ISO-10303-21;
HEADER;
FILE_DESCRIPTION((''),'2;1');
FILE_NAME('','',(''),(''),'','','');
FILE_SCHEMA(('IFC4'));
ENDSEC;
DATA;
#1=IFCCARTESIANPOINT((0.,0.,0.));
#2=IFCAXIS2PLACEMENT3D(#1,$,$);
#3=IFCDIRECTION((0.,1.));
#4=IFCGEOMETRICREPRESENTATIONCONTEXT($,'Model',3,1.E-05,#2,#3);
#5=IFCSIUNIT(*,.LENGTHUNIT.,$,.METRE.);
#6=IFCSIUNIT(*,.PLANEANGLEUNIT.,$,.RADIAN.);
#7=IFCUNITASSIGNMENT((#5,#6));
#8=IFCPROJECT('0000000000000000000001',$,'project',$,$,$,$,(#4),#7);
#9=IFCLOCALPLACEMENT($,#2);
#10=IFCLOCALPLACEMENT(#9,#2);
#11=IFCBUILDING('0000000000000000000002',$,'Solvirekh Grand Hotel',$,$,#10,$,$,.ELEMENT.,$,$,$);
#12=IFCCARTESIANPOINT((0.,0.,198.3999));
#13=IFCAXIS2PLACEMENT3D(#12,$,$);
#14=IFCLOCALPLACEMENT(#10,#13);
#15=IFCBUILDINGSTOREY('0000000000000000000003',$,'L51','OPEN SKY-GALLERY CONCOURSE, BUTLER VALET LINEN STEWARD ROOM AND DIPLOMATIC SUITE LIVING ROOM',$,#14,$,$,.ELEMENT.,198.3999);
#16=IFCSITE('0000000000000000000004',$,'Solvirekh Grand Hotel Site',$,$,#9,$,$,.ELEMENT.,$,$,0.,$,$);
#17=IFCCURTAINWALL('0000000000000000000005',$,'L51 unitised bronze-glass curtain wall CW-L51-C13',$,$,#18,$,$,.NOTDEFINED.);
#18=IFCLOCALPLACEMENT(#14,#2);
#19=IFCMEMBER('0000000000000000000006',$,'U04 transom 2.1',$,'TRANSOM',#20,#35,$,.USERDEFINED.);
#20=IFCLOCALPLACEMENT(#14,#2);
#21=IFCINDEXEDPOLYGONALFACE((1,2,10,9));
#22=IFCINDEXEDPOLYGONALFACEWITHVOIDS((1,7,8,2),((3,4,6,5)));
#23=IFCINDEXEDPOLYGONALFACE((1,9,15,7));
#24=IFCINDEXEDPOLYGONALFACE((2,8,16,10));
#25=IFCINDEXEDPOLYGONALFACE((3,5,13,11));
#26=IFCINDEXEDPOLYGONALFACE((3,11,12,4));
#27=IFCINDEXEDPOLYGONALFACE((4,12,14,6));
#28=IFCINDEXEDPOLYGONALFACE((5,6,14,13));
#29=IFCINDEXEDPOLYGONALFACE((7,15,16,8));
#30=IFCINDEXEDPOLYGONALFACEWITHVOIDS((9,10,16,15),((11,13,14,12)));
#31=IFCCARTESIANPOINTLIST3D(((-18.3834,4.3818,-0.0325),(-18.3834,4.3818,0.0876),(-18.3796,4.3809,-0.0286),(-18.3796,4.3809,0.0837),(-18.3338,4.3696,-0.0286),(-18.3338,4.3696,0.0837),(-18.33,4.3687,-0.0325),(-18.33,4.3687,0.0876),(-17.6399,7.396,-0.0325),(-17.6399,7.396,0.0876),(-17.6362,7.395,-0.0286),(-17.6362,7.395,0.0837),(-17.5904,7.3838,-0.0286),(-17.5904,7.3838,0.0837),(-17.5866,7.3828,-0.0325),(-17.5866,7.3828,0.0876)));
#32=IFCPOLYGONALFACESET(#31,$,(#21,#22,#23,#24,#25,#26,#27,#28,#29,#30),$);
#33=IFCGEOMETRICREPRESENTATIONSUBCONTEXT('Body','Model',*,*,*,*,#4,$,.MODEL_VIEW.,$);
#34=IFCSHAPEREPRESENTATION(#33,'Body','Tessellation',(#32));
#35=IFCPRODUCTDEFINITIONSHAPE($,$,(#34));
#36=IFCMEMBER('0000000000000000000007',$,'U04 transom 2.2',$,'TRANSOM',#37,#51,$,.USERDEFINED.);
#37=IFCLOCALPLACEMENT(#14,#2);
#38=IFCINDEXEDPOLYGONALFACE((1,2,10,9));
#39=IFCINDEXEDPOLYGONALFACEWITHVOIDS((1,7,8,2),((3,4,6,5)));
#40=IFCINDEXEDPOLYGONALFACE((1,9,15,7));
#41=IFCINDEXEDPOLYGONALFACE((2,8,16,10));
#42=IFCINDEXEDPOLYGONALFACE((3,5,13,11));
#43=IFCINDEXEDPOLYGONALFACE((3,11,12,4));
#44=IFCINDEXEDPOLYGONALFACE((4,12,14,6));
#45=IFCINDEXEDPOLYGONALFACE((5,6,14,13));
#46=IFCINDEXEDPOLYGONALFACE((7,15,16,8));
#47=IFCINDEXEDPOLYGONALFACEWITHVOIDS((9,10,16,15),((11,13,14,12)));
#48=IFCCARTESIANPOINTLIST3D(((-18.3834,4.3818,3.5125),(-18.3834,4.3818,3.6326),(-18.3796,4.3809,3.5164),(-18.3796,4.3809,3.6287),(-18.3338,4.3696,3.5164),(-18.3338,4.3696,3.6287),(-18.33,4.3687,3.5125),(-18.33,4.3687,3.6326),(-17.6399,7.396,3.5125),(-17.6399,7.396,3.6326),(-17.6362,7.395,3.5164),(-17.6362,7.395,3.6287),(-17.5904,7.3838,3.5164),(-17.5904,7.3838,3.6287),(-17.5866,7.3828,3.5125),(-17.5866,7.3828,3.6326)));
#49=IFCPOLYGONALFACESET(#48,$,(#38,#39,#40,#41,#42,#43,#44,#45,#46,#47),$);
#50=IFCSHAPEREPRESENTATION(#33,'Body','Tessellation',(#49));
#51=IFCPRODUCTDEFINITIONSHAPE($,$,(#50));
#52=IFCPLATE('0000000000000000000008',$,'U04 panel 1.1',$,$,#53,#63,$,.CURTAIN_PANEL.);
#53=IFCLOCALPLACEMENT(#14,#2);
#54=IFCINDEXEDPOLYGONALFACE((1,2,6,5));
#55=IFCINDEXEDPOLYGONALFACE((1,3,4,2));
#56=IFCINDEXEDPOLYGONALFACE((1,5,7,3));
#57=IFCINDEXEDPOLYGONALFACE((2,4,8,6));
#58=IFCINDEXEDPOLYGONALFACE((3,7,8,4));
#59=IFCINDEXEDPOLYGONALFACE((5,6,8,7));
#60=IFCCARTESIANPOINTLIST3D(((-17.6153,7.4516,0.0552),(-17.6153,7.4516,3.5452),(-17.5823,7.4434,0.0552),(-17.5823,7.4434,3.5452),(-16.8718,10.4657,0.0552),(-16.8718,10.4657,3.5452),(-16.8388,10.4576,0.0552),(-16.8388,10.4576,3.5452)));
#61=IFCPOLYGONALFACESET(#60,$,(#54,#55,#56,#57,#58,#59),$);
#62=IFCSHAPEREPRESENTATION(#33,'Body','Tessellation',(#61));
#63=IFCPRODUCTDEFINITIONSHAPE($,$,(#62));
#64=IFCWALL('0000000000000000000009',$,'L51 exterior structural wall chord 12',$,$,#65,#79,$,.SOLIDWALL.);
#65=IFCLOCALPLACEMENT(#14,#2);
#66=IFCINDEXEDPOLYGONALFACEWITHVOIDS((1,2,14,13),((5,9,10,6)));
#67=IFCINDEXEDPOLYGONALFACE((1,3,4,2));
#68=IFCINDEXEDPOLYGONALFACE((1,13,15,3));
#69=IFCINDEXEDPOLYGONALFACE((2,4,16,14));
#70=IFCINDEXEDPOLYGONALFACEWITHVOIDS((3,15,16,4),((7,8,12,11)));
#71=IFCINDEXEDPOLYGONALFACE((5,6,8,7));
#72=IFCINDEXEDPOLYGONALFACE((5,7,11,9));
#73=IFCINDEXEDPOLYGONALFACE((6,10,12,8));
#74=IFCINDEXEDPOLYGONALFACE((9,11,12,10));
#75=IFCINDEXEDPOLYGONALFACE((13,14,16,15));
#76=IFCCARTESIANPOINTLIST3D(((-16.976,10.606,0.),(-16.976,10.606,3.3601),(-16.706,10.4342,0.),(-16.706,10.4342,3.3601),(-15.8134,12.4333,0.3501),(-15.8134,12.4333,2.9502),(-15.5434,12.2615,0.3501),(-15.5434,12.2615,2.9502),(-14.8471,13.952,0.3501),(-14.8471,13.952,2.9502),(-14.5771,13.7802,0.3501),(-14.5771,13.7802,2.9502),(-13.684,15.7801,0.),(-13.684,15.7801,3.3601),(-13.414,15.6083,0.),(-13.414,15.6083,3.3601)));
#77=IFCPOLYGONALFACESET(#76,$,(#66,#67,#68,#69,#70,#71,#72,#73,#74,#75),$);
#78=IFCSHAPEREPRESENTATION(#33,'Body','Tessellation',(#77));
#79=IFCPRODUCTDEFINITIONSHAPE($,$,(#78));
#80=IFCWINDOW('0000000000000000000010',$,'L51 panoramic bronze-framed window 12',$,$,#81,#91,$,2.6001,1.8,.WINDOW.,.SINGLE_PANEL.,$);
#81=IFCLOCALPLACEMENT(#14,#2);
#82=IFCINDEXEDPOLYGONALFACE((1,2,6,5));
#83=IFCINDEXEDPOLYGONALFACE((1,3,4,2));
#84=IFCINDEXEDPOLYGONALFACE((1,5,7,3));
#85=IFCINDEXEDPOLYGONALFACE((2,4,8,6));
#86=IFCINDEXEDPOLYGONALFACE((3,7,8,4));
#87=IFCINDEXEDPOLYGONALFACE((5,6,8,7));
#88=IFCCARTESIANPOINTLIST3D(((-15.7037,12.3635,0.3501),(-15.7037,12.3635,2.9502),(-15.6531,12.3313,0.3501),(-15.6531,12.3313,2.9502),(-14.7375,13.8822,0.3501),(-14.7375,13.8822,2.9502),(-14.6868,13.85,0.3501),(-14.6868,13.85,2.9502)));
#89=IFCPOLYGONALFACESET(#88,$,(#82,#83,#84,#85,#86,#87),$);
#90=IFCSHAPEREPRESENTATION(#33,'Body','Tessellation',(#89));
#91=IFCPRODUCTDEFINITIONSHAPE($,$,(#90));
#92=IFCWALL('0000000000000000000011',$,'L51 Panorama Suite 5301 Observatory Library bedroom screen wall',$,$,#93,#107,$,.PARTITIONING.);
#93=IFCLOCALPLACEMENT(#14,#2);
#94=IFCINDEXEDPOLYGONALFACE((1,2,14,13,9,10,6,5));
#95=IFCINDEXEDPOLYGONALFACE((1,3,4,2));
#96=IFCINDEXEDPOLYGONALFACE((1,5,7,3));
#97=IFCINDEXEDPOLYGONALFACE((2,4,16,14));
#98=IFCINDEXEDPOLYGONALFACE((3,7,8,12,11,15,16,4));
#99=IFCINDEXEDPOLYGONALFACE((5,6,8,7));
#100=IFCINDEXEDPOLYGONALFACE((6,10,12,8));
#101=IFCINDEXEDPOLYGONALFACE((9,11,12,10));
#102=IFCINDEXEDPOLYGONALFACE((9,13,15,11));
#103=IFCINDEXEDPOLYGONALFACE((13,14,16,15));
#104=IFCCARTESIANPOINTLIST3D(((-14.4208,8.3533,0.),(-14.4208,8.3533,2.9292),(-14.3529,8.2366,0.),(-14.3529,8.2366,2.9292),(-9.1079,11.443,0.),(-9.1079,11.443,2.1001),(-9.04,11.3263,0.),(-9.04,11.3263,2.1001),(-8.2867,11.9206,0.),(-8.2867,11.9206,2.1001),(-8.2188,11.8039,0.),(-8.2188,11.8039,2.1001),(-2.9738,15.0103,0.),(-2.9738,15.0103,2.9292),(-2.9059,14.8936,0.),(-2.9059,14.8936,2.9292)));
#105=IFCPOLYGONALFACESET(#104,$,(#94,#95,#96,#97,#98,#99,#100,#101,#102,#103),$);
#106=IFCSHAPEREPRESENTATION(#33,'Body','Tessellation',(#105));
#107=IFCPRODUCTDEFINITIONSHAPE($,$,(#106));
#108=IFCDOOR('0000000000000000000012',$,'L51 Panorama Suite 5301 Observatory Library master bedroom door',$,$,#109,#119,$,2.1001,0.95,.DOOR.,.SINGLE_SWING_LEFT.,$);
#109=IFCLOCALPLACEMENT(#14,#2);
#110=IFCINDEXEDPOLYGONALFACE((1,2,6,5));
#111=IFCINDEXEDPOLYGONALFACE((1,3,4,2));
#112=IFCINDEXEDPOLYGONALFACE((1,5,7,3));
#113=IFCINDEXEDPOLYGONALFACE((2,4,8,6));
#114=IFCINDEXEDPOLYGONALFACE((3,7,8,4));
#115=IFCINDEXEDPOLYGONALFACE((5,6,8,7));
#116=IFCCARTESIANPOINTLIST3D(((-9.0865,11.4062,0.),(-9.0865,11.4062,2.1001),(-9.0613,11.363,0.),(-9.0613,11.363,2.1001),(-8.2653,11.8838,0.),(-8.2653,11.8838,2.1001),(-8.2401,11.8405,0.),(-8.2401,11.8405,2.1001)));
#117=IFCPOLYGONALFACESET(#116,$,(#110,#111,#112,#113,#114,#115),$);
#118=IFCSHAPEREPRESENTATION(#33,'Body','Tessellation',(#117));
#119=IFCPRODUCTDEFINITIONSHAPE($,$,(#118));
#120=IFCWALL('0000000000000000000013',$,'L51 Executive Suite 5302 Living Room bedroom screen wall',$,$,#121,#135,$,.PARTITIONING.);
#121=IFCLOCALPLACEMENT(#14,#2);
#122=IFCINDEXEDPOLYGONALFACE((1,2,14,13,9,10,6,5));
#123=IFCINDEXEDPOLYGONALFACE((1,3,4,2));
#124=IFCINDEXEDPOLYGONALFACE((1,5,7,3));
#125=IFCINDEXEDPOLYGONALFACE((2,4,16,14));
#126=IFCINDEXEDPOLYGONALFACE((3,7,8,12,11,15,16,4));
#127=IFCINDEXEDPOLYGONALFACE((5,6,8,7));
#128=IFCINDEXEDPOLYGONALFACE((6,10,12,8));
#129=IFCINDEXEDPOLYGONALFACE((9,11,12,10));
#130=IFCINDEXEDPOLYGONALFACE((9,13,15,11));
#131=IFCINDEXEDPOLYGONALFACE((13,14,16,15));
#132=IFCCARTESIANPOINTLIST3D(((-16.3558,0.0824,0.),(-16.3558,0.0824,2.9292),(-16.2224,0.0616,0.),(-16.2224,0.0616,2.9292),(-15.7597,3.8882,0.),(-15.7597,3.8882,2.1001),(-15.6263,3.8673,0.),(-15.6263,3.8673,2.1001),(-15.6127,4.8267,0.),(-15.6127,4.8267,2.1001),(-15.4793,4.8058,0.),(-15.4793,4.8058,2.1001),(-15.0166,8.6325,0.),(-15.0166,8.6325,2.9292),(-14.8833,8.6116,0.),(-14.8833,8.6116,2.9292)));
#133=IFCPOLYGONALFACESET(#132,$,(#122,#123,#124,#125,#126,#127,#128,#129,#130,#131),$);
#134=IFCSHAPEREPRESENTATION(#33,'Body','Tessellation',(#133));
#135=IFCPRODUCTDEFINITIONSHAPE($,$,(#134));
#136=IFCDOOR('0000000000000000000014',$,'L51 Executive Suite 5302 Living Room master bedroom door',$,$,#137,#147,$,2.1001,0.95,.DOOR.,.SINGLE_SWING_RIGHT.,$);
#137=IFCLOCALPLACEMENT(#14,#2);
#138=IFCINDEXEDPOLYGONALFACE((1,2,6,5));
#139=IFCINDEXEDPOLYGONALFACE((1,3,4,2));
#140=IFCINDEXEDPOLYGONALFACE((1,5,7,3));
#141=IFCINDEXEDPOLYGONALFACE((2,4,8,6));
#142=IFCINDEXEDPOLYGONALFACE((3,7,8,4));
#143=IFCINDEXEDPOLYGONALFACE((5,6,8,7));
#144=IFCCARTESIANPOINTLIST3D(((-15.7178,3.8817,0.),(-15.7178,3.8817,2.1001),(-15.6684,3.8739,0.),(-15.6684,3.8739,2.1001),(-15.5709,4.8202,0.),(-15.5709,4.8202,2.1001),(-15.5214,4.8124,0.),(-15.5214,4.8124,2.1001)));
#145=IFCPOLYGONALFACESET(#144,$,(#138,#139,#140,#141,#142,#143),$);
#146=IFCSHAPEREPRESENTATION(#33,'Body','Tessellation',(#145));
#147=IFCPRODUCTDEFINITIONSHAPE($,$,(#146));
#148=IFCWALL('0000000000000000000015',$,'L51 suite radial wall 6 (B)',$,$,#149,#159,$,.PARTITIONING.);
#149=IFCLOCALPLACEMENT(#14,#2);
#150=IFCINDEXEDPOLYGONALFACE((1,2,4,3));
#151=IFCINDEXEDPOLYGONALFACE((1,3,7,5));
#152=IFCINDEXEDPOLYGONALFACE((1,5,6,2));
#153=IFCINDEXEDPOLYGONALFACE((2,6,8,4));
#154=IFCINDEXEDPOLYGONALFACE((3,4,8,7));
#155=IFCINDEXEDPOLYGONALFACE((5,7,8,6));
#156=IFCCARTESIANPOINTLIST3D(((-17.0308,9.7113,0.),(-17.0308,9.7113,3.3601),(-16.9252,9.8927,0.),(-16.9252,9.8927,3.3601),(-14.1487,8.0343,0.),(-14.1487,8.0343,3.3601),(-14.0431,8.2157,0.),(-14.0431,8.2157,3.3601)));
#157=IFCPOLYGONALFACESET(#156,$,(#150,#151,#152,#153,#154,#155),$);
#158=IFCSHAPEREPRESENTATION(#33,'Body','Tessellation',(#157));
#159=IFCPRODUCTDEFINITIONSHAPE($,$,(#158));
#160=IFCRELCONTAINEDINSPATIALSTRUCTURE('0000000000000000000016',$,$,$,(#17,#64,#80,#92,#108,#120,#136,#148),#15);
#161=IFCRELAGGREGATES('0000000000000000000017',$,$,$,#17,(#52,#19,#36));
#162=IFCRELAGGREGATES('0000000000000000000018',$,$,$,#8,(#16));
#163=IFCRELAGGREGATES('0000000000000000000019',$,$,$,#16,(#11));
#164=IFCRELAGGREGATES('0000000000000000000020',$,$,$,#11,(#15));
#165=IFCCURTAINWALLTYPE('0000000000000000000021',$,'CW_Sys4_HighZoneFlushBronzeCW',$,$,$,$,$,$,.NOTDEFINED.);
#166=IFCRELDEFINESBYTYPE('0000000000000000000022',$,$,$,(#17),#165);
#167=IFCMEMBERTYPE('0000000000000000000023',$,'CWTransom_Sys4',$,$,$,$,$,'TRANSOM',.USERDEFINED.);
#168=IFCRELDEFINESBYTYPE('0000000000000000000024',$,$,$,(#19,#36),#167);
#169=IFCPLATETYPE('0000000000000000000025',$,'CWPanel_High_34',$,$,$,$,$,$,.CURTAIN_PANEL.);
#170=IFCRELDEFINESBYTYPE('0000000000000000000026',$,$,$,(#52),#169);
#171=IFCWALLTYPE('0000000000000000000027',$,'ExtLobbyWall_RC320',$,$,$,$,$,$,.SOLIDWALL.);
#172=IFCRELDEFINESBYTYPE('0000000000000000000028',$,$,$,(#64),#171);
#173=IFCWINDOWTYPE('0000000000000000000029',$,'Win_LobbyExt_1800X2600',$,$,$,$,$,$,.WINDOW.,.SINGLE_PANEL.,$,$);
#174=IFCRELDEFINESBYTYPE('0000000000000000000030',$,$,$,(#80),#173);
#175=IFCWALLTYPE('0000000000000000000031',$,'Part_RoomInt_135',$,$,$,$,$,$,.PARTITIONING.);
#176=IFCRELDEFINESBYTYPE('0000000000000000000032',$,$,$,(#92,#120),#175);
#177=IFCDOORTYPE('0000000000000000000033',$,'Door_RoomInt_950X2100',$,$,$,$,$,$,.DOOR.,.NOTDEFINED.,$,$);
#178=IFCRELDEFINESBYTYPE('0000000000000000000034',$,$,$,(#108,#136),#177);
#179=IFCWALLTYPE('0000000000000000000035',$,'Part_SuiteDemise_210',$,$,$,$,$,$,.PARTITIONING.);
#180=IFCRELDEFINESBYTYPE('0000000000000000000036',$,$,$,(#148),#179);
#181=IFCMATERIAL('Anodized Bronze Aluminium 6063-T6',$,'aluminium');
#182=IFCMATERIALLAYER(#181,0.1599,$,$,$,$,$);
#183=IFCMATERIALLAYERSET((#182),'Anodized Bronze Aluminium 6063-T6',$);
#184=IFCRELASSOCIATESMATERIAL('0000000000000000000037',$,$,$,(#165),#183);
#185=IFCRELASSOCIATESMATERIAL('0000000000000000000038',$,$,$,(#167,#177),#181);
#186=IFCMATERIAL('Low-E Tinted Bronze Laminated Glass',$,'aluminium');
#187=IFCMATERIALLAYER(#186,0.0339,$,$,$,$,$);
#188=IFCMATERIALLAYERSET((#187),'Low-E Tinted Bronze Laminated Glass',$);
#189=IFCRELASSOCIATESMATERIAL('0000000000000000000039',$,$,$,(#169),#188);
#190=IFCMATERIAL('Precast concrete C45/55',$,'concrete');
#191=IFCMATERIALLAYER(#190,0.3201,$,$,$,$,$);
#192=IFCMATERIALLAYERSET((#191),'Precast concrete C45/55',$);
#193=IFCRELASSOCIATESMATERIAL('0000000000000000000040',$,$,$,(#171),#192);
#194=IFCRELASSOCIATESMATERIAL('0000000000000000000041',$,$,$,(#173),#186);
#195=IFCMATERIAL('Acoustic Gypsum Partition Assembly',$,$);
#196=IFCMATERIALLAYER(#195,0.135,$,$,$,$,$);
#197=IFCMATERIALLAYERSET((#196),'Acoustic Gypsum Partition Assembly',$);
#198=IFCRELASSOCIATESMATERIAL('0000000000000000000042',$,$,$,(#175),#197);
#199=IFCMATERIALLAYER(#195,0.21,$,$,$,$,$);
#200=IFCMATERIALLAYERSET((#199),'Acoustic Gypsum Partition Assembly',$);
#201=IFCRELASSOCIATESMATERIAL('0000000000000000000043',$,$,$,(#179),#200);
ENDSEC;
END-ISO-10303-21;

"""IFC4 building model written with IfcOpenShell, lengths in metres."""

from ifc_helpers import new_model, si_unit, direction, frame, frame_2d, origin, origin_2d, place, context, subcontext, project, spatial, rectangle, hollow_rectangle, extrude, source, transform, mapped, material, layer, layer_set, material_profile, profile_set, type_object, element, fill, aggregate, save


model = new_model("IFC4")

# Units and contexts
model_context = context("Model", 3, precision=1e-05, world=origin(), true_north=direction((0.0, 1.0)))
body_context = subcontext(model_context, "Body", "Model", "MODEL_VIEW")
ifc_project = project(units=[si_unit("LENGTHUNIT", "METRE"), si_unit("PLANEANGLEUNIT", "RADIAN")], contexts=[model_context])

# Site, building, storey
site_placement = place(None, origin())
site = spatial("IfcSite", under=ifc_project, at=site_placement, Name="Solvirekh Grand Hotel Site", CompositionType="ELEMENT", RefElevation=0.0)
building_placement = place(site_placement, origin())
building = spatial("IfcBuilding", under=site, at=building_placement, Name="Solvirekh Grand Hotel", CompositionType="ELEMENT")
storey_placement = place(building_placement, frame((0.0, 0.0, 198.3999)))
storey = spatial("IfcBuildingStorey", under=building, at=storey_placement, Name="L51", Description="OPEN SKY-GALLERY CONCOURSE, BUTLER VALET LINEN STEWARD ROOM AND DIPLOMATIC SUITE LIVING ROOM", CompositionType="ELEMENT", Elevation=198.3999)

# Shared definitions
ifc_material_1 = material(Name="Anodized Bronze Aluminium 6063-T6", Category="aluminium")
ifc_layer_1 = layer(ifc_material_1, 0.1599)
ifc_layer_set_1 = layer_set([ifc_layer_1], Name="Anodized Bronze Aluminium 6063-T6")
curtain_wall_type = type_object("IfcCurtainWallType", Name="CW_Sys4_HighZoneFlushBronzeCW", PredefinedType="NOTDEFINED", material=ifc_layer_set_1)

# Curtain wall, members, plate
curtain_wall_1_placement = place(storey_placement, origin())
curtain_wall_1 = element("IfcCurtainWall", 1, at=curtain_wall_1_placement, inside=storey, type_object=curtain_wall_type, Name="L51 unitised bronze-glass curtain wall CW-L51-C13", PredefinedType="NOTDEFINED")
ifc_material_profile_1 = material_profile(ifc_material_1, hollow_rectangle(XDim=0.0549, YDim=0.1201, WallThickness=0.0039, at=origin_2d()), Name="ALU RHS 120X55X4")
ifc_profile_set_1 = profile_set([ifc_material_profile_1], Name="Anodized Bronze Aluminium 6063-T6")
member_type_1 = type_object("IfcMemberType", Name="CWTransom_Sys4", ElementType="TRANSOM", PredefinedType="USERDEFINED", material=ifc_profile_set_1)
shared_shape_1 = source(origin(), body_context, "Body", "SweptSolid", [
    extrude(hollow_rectangle(XDim=0.0549, YDim=0.1201, WallThickness=0.0039, at=origin_2d()), origin(), (0.0, 0.0, 1.0), 3.1045),
])
member_1_placement = place(storey_placement, frame((-17.6133, 7.3894, 0.0276), z_axis=(-0.239463, -0.970906, 0.0), x_axis=(0.970906, -0.239463, 0.0)))
member_1 = element("IfcMember", 2, at=member_1_placement, type_object=member_type_1, Name="U04 transom 2.1", ObjectType="TRANSOM", PredefinedType="USERDEFINED", context=body_context, shape_type="MappedRepresentation", body=[
    mapped(shared_shape_1, transform((0.0, 0.0, 0.0), x_axis=(1.0, 0.0, 0.0), y_axis=(0.0, 1.0, 0.0), z_axis=(0.0, 0.0, 1.0), scale=1.0)),
])
member_2_placement = place(storey_placement, frame((-17.6133, 7.3894, 3.5725), z_axis=(-0.239463, -0.970906, 0.0), x_axis=(0.970906, -0.239463, 0.0)))
member_2 = element("IfcMember", 3, at=member_2_placement, type_object=member_type_1, Name="U04 transom 2.2", ObjectType="TRANSOM", PredefinedType="USERDEFINED", context=body_context, shape_type="MappedRepresentation", body=[
    mapped(shared_shape_1, transform((0.0, 0.0, 0.0), x_axis=(1.0, 0.0, 0.0), y_axis=(0.0, 1.0, 0.0), z_axis=(0.0, 0.0, 1.0), scale=1.0)),
])
ifc_material_2 = material(Name="Low-E Tinted Bronze Laminated Glass", Category="aluminium")
ifc_layer_2 = layer(ifc_material_2, 0.0339)
ifc_layer_set_2 = layer_set([ifc_layer_2], Name="Low-E Tinted Bronze Laminated Glass")
plate_type = type_object("IfcPlateType", Name="CWPanel_High_34", PredefinedType="CURTAIN_PANEL", material=ifc_layer_set_2)
shared_shape_2 = source(origin(), body_context, "Body", "SweptSolid", [
    extrude(rectangle(XDim=3.1045, YDim=0.0339, at=origin_2d()), origin(), (0.0, 0.0, 1.0), 3.49),
])
plate_placement = place(storey_placement, frame((-17.2271, 8.9546, 0.0552), z_axis=(0.0, 0.0, 1.0), x_axis=(-0.239478, -0.970902, 0.0)))
plate = element("IfcPlate", 4, at=plate_placement, type_object=plate_type, Name="U04 panel 1.1", PredefinedType="CURTAIN_PANEL", context=body_context, shape_type="MappedRepresentation", body=[
    mapped(shared_shape_2, transform((0.0, 0.0, 0.0), x_axis=(1.0, 0.0, 0.0), y_axis=(0.0, 1.0, 0.0), z_axis=(0.0, 0.0, 1.0), scale=1.0)),
])
aggregate(curtain_wall_1, [plate, member_1, member_2])

# Wall, opening, window
ifc_material_3 = material(Name="Precast concrete C45/55", Category="concrete")
ifc_layer_3 = layer(ifc_material_3, 0.3201)
ifc_layer_set_3 = layer_set([ifc_layer_3], Name="Precast concrete C45/55")
wall_type_1 = type_object("IfcWallType", Name="ExtLobbyWall_RC320", PredefinedType="SOLIDWALL", material=ifc_layer_set_3)
wall_1_placement = place(storey_placement, frame((-16.8411, 10.52, 0.0), z_axis=(0.0, 0.0, 1.0), x_axis=(0.536806, 0.843706, 0.0)))
wall_1 = element("IfcWall", 5, at=wall_1_placement, inside=storey, type_object=wall_type_1, Name="L51 exterior structural wall chord 12", PredefinedType="SOLIDWALL", context=body_context, shape_type="SweptSolid", body=[
    extrude(rectangle(XDim=6.1326, YDim=0.3201, at=frame_2d((3.0664, 0.0))), origin(), (0.0, 0.0, 1.0), 3.3601),
])
opening_1_placement = place(wall_1_placement, frame((2.166, 0.0, 0.3501)))
opening_1 = element("IfcOpeningElement", 6, at=opening_1_placement, cuts=wall_1, PredefinedType="OPENING", context=body_context, shape_type="SweptSolid", body=[
    extrude(rectangle(XDim=1.8, YDim=2.6001, at=frame_2d((0.8999, 1.3))), frame((0.0, 0.1699, 0.0), z_axis=(0.0, -1.0, 0.0), x_axis=(1.0, 0.0, 0.0)), (0.0, 0.0, 1.0), 0.3401),
])
window_type = type_object("IfcWindowType", Name="Win_LobbyExt_1800X2600", PartitioningType="SINGLE_PANEL", PredefinedType="WINDOW", material=ifc_material_2)
window_placement = place(opening_1_placement, origin())
window = element("IfcWindow", 7, at=window_placement, inside=storey, type_object=window_type, Name="L51 panoramic bronze-framed window 12", OverallHeight=2.6001, OverallWidth=1.8, PartitioningType="SINGLE_PANEL", PredefinedType="WINDOW", context=body_context, shape_type="SweptSolid", body=[
    extrude(rectangle(XDim=1.8, YDim=2.6001, at=frame_2d((0.8999, 1.3))), frame((0.0, 0.03, 0.0), z_axis=(0.0, -1.0, 0.0), x_axis=(1.0, 0.0, 0.0)), (0.0, 0.0, 1.0), 0.0601),
])
fill(opening_1, window)

# Walls, openings, doors
ifc_material_4 = material(Name="Acoustic Gypsum Partition Assembly")
ifc_layer_4 = layer(ifc_material_4, 0.135)
ifc_layer_set_4 = layer_set([ifc_layer_4], Name="Acoustic Gypsum Partition Assembly")
wall_type_2 = type_object("IfcWallType", Name="Part_RoomInt_135", PredefinedType="PARTITIONING", material=ifc_layer_set_4)
wall_2_placement = place(storey_placement, frame((-14.387, 8.2949, 0.0), z_axis=(0.0, 0.0, 1.0), x_axis=(0.86445, 0.502719, 0.0)))
wall_2 = element("IfcWall", 8, at=wall_2_placement, inside=storey, type_object=wall_type_2, Name="L51 Panorama Suite 5301 Observatory Library bedroom screen wall", PredefinedType="PARTITIONING", context=body_context, shape_type="SweptSolid", body=[
    extrude(rectangle(XDim=13.2419, YDim=0.135, at=frame_2d((6.6211, 0.0))), origin(), (0.0, 0.0, 1.0), 2.9292),
])
opening_2_placement = place(wall_2_placement, frame((6.146, 0.0, 0.0)))
opening_2 = element("IfcOpeningElement", 9, at=opening_2_placement, cuts=wall_2, PredefinedType="OPENING", context=body_context, shape_type="SweptSolid", body=[
    extrude(rectangle(XDim=0.95, YDim=2.1001, at=frame_2d((0.4751, 1.05))), frame((0.0, 0.0776, 0.0), z_axis=(0.0, -1.0, 0.0), x_axis=(1.0, 0.0, 0.0)), (0.0, 0.0, 1.0), 0.155),
])
door_type = type_object("IfcDoorType", Name="Door_RoomInt_950X2100", OperationType="NOTDEFINED", PredefinedType="DOOR", material=ifc_material_1)
door_1_placement = place(opening_2_placement, origin())
door_1 = element("IfcDoor", 10, at=door_1_placement, inside=storey, type_object=door_type, Name="L51 Panorama Suite 5301 Observatory Library master bedroom door", OperationType="SINGLE_SWING_LEFT", OverallHeight=2.1001, OverallWidth=0.95, PredefinedType="DOOR", context=body_context, shape_type="SweptSolid", body=[
    extrude(rectangle(XDim=0.95, YDim=2.1001, at=frame_2d((0.4751, 1.05))), frame((0.0, 0.0249, 0.0), z_axis=(0.0, -1.0, 0.0), x_axis=(1.0, 0.0, 0.0)), (0.0, 0.0, 1.0), 0.05),
])
fill(opening_2, door_1)
wall_3_placement = place(storey_placement, frame((-14.95, 8.6221, 0.0), z_axis=(0.0, 0.0, 1.0), x_axis=(-0.154734, -0.987956, 0.0)))
wall_3 = element("IfcWall", 11, at=wall_3_placement, inside=storey, type_object=wall_type_2, Name="L51 Executive Suite 5302 Living Room bedroom screen wall", PredefinedType="PARTITIONING", context=body_context, shape_type="SweptSolid", body=[
    extrude(rectangle(XDim=8.6543, YDim=0.135, at=frame_2d((4.3271, 0.0))), origin(), (0.0, 0.0, 1.0), 2.9292),
])
opening_3_placement = place(wall_3_placement, frame((3.8521, 0.0, 0.0)))
opening_3 = element("IfcOpeningElement", 12, at=opening_3_placement, cuts=wall_3, PredefinedType="OPENING", context=body_context, shape_type="SweptSolid", body=[
    extrude(rectangle(XDim=0.95, YDim=2.1001, at=frame_2d((0.4751, 1.05))), frame((0.0, 0.0776, 0.0), z_axis=(0.0, -1.0, 0.0), x_axis=(1.0, 0.0, 0.0)), (0.0, 0.0, 1.0), 0.155),
])
door_2_placement = place(opening_3_placement, origin())
door_2 = element("IfcDoor", 13, at=door_2_placement, inside=storey, type_object=door_type, Name="L51 Executive Suite 5302 Living Room master bedroom door", OperationType="SINGLE_SWING_RIGHT", OverallHeight=2.1001, OverallWidth=0.95, PredefinedType="DOOR", context=body_context, shape_type="SweptSolid", body=[
    extrude(rectangle(XDim=0.95, YDim=2.1001, at=frame_2d((0.4751, 1.05))), frame((0.0, 0.0249, 0.0), z_axis=(0.0, -1.0, 0.0), x_axis=(1.0, 0.0, 0.0)), (0.0, 0.0, 1.0), 0.05),
])
fill(opening_3, door_2)

# Wall
ifc_layer_5 = layer(ifc_material_4, 0.21)
ifc_layer_set_5 = layer_set([ifc_layer_5], Name="Acoustic Gypsum Partition Assembly")
wall_type_3 = type_object("IfcWallType", Name="Part_SuiteDemise_210", PredefinedType="PARTITIONING", material=ifc_layer_set_5)
wall_4_placement = place(storey_placement, frame((-14.0959, 8.125, 0.0), z_axis=(0.0, 0.0, 1.0), x_axis=(-0.864328, 0.502928, 0.0)))
element("IfcWall", 14, at=wall_4_placement, inside=storey, type_object=wall_type_3, Name="L51 suite radial wall 6 (B)", PredefinedType="PARTITIONING", context=body_context, shape_type="SweptSolid", body=[
    extrude(rectangle(XDim=3.3345, YDim=0.21, at=frame_2d((1.6672, 0.0))), origin(), (0.0, 0.0, 1.0), 3.3601),
])

save(model, "model.ifc")
